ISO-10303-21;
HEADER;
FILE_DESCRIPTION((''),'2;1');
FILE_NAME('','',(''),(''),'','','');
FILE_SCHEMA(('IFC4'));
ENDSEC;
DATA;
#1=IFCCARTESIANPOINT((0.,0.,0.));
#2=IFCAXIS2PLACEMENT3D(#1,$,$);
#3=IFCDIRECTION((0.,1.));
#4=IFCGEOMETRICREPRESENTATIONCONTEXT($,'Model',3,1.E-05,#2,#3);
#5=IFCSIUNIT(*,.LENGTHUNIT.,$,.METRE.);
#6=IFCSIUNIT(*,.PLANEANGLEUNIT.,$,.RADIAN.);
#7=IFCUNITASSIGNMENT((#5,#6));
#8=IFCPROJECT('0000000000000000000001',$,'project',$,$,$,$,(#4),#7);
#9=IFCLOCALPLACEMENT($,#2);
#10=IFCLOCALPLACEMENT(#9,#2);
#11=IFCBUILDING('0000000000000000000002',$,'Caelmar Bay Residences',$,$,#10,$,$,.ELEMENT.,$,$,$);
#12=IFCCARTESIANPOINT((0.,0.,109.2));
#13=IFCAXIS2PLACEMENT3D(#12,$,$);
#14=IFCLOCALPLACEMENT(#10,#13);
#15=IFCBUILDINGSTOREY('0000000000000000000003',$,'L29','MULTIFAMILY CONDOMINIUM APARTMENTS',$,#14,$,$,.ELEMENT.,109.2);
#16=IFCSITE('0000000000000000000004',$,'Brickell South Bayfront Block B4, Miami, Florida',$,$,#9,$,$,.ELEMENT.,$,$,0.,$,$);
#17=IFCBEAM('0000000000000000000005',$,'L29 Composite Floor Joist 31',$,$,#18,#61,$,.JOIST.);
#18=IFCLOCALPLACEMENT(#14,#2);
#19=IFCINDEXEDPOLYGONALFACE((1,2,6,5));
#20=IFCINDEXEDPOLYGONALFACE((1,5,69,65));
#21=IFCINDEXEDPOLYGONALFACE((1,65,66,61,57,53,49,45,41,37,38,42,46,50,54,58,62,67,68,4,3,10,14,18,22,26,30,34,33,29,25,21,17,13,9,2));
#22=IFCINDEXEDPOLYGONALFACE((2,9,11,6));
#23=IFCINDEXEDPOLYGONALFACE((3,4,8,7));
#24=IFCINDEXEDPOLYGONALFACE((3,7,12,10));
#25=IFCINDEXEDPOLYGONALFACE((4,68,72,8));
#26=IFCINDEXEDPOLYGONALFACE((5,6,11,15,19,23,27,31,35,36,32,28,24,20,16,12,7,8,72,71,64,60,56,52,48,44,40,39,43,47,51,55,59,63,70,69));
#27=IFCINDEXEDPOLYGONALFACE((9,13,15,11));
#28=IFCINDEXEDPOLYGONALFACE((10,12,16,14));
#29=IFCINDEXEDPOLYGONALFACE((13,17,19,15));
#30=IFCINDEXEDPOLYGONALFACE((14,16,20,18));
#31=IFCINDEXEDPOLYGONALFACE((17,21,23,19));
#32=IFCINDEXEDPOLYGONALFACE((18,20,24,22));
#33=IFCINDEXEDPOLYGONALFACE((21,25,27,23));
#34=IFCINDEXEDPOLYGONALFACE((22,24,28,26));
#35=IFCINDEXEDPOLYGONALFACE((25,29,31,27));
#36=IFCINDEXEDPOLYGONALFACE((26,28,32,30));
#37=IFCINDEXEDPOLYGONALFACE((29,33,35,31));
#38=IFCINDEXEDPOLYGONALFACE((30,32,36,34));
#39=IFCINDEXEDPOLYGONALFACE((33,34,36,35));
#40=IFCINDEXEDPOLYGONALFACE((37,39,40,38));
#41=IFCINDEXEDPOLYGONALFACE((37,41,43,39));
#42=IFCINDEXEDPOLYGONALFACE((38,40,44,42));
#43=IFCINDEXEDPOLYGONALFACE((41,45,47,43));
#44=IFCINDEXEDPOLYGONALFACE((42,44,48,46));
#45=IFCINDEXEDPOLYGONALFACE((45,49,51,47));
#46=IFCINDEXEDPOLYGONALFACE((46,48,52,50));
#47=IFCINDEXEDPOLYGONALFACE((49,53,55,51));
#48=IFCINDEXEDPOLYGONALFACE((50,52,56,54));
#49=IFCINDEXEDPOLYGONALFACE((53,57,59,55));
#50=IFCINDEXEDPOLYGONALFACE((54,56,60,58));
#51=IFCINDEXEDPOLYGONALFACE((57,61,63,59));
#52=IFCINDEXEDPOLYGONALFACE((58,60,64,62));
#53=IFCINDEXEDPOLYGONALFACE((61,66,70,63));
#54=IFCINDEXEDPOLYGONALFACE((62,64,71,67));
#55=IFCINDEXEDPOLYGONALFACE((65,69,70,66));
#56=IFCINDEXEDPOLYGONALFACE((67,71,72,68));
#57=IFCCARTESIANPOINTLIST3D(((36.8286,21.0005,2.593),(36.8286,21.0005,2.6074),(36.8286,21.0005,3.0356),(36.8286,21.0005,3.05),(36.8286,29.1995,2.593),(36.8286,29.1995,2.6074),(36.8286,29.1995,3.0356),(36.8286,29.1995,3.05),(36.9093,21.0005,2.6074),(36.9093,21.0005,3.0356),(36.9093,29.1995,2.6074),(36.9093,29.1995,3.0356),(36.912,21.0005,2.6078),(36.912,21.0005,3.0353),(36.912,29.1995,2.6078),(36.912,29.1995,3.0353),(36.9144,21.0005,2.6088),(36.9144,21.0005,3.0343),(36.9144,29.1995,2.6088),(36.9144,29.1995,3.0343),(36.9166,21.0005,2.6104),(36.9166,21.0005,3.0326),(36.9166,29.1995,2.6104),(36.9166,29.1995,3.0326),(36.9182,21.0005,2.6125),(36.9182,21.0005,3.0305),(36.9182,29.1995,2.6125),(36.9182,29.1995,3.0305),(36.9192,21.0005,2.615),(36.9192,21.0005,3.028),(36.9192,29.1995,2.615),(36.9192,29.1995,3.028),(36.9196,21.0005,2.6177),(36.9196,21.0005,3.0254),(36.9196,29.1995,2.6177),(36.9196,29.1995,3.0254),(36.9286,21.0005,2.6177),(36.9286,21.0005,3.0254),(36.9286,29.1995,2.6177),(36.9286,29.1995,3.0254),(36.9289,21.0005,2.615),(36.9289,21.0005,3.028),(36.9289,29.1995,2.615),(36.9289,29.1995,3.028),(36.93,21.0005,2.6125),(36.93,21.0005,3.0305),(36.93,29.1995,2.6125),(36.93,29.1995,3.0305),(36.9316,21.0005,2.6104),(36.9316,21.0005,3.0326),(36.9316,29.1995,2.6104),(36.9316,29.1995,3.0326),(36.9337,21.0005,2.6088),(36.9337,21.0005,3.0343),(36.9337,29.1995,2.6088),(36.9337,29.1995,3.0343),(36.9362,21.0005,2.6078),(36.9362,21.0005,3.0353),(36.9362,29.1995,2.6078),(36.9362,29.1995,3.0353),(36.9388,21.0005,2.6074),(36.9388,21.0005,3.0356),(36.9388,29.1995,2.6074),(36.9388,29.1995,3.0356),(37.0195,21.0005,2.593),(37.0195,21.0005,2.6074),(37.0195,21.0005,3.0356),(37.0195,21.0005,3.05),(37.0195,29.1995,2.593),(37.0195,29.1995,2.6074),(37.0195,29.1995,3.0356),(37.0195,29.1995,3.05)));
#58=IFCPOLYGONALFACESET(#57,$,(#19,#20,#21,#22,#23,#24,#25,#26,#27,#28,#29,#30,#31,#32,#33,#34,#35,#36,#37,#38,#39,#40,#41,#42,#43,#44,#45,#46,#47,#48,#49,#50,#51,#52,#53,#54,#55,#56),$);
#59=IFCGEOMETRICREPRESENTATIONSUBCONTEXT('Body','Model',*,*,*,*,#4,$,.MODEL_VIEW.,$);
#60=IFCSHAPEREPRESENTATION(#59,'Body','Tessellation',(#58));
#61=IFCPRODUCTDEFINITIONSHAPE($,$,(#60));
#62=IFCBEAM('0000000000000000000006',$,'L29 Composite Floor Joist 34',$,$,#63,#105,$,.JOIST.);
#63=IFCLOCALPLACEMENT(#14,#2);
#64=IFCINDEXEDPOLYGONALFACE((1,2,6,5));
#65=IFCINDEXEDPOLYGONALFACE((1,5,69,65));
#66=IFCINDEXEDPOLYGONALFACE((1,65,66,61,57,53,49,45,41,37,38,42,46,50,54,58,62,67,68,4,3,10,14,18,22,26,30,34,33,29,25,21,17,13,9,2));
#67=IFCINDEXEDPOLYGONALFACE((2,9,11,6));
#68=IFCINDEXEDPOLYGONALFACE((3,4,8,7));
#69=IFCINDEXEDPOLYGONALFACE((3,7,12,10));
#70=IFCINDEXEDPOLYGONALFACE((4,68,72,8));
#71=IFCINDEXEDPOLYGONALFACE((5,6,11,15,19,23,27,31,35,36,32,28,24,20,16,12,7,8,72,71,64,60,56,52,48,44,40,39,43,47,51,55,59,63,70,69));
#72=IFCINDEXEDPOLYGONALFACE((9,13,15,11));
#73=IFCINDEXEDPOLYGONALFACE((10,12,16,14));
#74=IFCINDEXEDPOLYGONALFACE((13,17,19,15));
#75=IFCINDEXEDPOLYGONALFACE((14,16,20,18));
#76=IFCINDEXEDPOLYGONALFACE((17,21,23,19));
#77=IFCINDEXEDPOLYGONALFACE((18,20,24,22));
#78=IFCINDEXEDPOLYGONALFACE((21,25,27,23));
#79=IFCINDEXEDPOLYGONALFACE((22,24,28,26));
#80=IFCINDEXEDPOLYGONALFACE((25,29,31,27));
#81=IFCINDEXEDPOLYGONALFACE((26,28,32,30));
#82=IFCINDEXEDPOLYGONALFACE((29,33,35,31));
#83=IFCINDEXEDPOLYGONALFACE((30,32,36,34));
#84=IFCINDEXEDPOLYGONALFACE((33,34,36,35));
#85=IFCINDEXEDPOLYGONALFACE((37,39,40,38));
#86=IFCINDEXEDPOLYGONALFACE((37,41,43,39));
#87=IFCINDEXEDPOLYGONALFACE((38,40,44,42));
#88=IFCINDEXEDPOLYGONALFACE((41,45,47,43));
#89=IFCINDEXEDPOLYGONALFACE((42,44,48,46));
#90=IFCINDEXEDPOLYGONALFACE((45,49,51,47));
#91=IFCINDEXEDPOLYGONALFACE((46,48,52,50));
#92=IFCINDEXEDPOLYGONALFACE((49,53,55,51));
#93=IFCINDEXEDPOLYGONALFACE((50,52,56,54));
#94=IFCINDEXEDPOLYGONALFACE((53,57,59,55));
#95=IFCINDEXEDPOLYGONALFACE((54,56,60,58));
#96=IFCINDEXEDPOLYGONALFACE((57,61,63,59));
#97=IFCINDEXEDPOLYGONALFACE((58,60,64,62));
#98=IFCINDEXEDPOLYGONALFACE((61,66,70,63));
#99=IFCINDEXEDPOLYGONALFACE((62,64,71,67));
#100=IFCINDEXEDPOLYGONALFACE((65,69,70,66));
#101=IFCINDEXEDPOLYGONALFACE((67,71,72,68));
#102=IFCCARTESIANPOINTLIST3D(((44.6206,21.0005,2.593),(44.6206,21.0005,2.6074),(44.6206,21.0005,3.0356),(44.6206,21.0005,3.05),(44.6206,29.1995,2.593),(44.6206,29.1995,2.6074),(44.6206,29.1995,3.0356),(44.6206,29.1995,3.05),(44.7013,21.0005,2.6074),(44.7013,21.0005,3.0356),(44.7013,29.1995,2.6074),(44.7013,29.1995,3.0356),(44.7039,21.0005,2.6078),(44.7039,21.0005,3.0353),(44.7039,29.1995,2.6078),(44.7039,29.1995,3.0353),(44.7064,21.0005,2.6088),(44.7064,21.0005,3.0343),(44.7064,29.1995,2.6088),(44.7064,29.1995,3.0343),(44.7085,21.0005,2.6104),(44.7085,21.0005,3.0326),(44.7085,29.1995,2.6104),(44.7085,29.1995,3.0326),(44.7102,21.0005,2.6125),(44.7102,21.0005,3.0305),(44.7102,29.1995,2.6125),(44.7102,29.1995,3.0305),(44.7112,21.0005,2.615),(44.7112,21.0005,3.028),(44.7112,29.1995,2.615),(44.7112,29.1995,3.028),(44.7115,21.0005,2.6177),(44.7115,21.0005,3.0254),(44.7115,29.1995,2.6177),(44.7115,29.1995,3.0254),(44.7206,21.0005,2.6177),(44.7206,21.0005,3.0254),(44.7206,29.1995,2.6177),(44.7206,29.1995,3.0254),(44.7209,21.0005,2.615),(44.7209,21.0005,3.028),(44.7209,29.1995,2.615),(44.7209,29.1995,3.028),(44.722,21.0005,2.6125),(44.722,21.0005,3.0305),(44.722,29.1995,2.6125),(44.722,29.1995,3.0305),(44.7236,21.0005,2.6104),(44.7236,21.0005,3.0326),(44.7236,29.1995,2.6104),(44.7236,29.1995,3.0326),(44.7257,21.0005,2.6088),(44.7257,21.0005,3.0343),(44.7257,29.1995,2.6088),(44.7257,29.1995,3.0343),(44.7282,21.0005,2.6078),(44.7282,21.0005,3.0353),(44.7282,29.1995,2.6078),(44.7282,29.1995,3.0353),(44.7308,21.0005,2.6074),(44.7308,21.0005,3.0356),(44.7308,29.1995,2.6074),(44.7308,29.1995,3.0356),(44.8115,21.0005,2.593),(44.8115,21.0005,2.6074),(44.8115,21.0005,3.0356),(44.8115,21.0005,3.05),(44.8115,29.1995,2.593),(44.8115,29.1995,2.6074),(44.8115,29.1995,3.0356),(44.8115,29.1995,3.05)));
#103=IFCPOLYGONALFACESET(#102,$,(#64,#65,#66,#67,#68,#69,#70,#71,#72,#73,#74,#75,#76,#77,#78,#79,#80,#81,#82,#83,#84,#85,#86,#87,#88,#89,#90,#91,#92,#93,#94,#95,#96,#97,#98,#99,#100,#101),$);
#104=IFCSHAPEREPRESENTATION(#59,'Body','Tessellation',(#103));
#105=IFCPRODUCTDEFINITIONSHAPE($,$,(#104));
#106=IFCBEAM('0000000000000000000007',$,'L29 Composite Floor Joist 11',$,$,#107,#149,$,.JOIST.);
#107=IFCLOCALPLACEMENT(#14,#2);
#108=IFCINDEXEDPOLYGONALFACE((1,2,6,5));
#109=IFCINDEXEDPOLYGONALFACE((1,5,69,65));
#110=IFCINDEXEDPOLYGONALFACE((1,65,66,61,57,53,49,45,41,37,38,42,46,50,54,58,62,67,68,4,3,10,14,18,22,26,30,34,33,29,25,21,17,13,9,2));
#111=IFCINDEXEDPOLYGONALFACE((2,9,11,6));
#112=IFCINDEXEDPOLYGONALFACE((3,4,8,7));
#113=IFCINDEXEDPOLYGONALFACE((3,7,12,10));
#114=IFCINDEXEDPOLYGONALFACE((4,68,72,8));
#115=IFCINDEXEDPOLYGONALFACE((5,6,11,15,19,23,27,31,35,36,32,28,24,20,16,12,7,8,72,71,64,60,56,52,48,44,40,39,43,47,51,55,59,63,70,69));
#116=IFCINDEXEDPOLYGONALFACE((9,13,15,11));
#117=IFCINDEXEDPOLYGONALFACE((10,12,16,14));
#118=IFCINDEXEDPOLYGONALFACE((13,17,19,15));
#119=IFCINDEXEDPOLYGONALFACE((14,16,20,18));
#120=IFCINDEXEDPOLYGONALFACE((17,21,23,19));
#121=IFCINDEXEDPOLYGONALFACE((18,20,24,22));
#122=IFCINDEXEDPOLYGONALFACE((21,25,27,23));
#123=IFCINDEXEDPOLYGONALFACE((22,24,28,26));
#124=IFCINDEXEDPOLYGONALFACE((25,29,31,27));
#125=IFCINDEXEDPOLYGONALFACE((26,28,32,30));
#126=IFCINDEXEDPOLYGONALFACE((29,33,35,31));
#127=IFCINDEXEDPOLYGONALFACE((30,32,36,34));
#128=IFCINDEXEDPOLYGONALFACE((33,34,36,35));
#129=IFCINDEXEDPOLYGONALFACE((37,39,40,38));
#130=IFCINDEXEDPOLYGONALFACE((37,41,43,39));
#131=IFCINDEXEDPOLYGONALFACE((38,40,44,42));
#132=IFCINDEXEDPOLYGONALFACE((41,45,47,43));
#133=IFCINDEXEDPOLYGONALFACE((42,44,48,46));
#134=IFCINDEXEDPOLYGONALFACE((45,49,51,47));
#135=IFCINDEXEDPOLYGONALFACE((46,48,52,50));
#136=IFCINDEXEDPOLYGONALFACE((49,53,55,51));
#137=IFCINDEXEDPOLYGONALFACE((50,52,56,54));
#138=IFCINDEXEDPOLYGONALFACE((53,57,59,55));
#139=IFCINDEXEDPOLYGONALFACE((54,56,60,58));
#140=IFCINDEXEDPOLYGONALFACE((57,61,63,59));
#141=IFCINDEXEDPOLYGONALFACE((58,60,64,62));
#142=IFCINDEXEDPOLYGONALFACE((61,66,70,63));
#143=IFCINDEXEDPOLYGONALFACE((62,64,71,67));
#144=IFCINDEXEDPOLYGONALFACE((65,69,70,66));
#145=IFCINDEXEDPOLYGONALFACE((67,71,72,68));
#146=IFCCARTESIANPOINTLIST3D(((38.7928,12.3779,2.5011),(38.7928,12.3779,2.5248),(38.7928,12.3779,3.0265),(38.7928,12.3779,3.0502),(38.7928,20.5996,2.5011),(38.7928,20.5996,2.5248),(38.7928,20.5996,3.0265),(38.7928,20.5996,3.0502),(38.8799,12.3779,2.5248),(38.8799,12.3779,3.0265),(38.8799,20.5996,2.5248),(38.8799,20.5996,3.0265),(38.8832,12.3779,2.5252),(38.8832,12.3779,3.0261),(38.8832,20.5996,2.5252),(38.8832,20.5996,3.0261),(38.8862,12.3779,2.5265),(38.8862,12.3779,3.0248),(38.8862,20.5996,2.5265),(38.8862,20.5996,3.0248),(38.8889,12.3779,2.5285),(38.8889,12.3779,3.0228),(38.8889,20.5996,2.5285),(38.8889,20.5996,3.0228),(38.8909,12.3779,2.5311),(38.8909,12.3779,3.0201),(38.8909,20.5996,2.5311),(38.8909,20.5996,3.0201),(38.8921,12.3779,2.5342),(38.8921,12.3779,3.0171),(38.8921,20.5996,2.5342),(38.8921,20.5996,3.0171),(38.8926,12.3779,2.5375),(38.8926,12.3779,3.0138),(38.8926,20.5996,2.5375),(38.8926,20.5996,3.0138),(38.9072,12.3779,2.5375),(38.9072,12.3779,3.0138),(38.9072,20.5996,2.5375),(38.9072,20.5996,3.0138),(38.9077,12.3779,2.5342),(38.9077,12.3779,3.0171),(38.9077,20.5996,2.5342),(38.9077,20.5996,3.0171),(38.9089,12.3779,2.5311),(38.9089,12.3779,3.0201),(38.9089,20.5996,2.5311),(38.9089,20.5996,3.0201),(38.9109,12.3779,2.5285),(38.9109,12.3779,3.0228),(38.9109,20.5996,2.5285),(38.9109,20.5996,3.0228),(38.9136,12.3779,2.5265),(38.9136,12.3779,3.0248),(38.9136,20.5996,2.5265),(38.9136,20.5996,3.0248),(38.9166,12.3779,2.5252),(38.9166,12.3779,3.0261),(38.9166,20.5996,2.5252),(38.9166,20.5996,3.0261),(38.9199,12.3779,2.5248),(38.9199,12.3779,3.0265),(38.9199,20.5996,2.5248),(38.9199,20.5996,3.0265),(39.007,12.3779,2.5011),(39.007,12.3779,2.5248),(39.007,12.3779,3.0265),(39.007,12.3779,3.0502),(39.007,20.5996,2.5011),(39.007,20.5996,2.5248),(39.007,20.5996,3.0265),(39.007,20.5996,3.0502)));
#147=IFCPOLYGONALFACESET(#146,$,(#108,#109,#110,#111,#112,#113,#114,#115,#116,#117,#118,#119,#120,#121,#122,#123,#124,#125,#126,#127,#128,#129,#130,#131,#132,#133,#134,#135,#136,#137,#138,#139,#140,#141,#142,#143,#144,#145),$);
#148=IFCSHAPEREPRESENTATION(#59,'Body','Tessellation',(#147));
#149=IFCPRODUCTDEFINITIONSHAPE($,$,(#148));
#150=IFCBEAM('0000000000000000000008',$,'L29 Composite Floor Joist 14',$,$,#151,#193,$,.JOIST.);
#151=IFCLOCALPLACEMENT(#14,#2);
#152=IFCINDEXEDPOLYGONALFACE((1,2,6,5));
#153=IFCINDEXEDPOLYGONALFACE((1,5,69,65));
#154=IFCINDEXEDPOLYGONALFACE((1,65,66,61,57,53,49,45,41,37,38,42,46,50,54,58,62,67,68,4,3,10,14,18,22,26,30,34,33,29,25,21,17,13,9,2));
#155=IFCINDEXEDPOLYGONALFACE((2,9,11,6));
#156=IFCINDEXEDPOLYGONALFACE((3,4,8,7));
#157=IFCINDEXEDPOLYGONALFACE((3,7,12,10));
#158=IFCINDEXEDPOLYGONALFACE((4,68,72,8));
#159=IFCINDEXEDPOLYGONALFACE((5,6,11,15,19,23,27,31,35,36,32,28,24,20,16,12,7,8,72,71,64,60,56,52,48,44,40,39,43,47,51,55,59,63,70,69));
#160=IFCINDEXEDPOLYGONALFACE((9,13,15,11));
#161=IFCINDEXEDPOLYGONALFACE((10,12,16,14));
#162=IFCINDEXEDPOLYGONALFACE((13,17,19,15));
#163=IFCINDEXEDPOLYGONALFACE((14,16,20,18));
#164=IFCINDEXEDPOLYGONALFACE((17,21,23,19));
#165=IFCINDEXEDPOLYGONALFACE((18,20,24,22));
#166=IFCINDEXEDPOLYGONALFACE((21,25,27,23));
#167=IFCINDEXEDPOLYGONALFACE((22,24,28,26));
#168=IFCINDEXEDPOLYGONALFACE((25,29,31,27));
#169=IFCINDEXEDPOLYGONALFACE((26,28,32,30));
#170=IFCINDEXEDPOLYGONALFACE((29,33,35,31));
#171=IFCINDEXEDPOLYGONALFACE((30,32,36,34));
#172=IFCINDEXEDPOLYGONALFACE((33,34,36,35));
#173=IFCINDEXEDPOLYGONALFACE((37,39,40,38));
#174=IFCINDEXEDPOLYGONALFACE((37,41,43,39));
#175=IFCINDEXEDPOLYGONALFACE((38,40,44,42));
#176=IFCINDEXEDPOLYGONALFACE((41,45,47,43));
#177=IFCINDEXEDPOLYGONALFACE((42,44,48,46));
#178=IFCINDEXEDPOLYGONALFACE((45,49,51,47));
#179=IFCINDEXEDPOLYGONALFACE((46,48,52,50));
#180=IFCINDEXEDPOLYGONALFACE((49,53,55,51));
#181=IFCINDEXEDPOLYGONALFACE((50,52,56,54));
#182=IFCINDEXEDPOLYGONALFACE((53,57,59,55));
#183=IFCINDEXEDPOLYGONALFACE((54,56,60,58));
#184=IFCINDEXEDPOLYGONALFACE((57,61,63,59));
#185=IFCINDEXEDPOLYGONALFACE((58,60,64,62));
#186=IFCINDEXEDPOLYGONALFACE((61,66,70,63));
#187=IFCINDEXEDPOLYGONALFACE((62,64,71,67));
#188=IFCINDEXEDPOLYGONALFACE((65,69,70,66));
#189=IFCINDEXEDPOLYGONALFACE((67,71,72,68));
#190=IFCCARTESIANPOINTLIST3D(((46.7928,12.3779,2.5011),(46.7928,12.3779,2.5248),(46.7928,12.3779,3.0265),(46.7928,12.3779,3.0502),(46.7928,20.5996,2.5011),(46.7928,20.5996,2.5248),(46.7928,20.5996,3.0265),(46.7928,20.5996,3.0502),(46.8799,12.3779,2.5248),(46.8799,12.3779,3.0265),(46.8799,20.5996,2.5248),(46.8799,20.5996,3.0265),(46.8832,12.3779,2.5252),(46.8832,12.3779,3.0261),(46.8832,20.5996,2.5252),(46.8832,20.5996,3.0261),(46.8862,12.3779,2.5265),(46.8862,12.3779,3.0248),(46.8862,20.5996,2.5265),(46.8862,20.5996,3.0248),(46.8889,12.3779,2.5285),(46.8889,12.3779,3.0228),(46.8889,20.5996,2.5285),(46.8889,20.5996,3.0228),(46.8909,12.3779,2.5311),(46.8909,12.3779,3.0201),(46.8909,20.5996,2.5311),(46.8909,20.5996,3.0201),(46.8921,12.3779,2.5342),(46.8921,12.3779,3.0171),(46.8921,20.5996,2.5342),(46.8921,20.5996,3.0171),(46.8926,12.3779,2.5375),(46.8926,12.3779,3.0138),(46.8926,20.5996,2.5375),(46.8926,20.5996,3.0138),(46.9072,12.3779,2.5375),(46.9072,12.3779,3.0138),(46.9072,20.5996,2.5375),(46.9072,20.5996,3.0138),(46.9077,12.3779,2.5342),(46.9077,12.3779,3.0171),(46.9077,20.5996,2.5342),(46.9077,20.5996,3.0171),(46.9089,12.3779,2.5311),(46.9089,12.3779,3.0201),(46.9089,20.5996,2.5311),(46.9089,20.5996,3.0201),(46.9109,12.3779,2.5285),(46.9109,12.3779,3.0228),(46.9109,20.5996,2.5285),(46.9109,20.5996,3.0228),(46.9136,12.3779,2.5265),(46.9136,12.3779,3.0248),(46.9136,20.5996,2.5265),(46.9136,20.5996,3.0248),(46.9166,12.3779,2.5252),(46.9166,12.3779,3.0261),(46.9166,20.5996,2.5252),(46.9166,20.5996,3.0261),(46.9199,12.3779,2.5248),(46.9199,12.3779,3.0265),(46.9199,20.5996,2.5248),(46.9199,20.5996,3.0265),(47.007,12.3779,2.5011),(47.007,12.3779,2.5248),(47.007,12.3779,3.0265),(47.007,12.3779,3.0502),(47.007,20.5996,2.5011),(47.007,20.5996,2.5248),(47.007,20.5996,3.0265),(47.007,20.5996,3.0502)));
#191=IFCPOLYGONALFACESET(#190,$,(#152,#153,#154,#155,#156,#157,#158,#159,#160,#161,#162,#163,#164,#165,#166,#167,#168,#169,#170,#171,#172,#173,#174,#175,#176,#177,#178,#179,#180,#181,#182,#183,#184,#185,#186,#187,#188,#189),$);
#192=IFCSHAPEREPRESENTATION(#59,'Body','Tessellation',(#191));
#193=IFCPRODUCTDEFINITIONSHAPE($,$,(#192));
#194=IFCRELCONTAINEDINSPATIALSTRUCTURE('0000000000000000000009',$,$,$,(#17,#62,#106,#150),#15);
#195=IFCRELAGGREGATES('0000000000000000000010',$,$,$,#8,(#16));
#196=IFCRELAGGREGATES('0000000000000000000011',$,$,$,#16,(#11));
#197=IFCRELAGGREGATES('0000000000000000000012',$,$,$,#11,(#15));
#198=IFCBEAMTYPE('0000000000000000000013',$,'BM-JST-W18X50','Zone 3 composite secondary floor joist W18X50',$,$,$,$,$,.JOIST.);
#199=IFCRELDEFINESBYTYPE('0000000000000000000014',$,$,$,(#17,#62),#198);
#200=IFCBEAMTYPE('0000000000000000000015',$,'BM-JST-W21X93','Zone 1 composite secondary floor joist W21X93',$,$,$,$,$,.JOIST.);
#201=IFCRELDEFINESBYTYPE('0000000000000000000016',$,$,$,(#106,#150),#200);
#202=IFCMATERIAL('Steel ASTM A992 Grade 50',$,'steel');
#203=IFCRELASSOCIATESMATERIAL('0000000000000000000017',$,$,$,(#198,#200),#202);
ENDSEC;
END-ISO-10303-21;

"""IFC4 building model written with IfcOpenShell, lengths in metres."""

from ifc_helpers import new_model, si_unit, direction, frame, origin, origin_2d, place, context, subcontext, project, spatial, i_section, extrude, material, material_profile, profile_set, type_object, element, save


model = new_model("IFC4")

# Units and contexts
model_context = context("Model", 3, precision=1e-05, world=origin(), true_north=direction((0.0, 1.0)))
body_context = subcontext(model_context, "Body", "Model", "MODEL_VIEW")
ifc_project = project(units=[si_unit("LENGTHUNIT", "METRE"), si_unit("PLANEANGLEUNIT", "RADIAN")], contexts=[model_context])

# Site, building, storey
site_placement = place(None, origin())
site = spatial("IfcSite", under=ifc_project, at=site_placement, Name="Brickell South Bayfront Block B4, Miami, Florida", CompositionType="ELEMENT", RefElevation=0.0)
building_placement = place(site_placement, origin())
building = spatial("IfcBuilding", under=site, at=building_placement, Name="Caelmar Bay Residences", CompositionType="ELEMENT")
storey_placement = place(building_placement, frame((0.0, 0.0, 109.2)))
storey = spatial("IfcBuildingStorey", under=building, at=storey_placement, Name="L29", Description="MULTIFAMILY CONDOMINIUM APARTMENTS", CompositionType="ELEMENT", Elevation=109.2)

# Beams
ifc_material_1 = material(Name="Steel ASTM A992 Grade 50", Category="steel")
ifc_material_profile_1 = material_profile(ifc_material_1, i_section(OverallWidth=0.1909, OverallDepth=0.457, WebThickness=0.009, FlangeThickness=0.0144, FilletRadius=0.0103, at=origin_2d()), Name="W18X50")
ifc_profile_set_1 = profile_set([ifc_material_profile_1], Name="Steel ASTM A992 Grade 50")
beam_type_1 = type_object("IfcBeamType", Name="BM-JST-W18X50", Description="Zone 3 composite secondary floor joist W18X50", PredefinedType="JOIST", material=ifc_profile_set_1)
for number, where, z_axis, x_axis, name in (
    (1, (36.9241, 21.0005, 2.8215), (0.0, 1.0, 0.0), (-1.0, 0.0, 0.0), "L29 Composite Floor Joist 31"),
    (2, (44.7161, 21.0005, 2.8215), (0.0, 1.0, 0.0), (-1.0, 0.0, 0.0), "L29 Composite Floor Joist 34"),
):
    element("IfcBeam", number, at=place(storey_placement, frame(where, z_axis=z_axis, x_axis=x_axis)), inside=storey, type_object=beam_type_1, Name=name, PredefinedType="JOIST", context=body_context, shape_type="SweptSolid", body=[
        extrude(i_section(OverallWidth=0.1909, OverallDepth=0.457, WebThickness=0.009, FlangeThickness=0.0144, FilletRadius=0.0103, at=origin_2d()), origin(), (0.0, 0.0, 1.0), 8.199),
    ])
ifc_material_profile_2 = material_profile(ifc_material_1, i_section(OverallWidth=0.2141, OverallDepth=0.5491, WebThickness=0.0146, FlangeThickness=0.0237, FilletRadius=0.0127, at=origin_2d()), Name="W21X93")
ifc_profile_set_2 = profile_set([ifc_material_profile_2], Name="Steel ASTM A992 Grade 50")
beam_type_2 = type_object("IfcBeamType", Name="BM-JST-W21X93", Description="Zone 1 composite secondary floor joist W21X93", PredefinedType="JOIST", material=ifc_profile_set_2)
for number, where, z_axis, x_axis, name in (
    (3, (38.8999, 12.3779, 2.7756), (0.0, 1.0, 0.0), (-1.0, 0.0, 0.0), "L29 Composite Floor Joist 11"),
    (4, (46.8999, 12.3779, 2.7756), (0.0, 1.0, 0.0), (-1.0, 0.0, 0.0), "L29 Composite Floor Joist 14"),
):
    element("IfcBeam", number, at=place(storey_placement, frame(where, z_axis=z_axis, x_axis=x_axis)), inside=storey, type_object=beam_type_2, Name=name, PredefinedType="JOIST", context=body_context, shape_type="SweptSolid", body=[
        extrude(i_section(OverallWidth=0.2141, OverallDepth=0.5491, WebThickness=0.0146, FlangeThickness=0.0237, FilletRadius=0.0127, at=origin_2d()), origin(), (0.0, 0.0, 1.0), 8.2217),
    ])

save(model, "model.ifc")
